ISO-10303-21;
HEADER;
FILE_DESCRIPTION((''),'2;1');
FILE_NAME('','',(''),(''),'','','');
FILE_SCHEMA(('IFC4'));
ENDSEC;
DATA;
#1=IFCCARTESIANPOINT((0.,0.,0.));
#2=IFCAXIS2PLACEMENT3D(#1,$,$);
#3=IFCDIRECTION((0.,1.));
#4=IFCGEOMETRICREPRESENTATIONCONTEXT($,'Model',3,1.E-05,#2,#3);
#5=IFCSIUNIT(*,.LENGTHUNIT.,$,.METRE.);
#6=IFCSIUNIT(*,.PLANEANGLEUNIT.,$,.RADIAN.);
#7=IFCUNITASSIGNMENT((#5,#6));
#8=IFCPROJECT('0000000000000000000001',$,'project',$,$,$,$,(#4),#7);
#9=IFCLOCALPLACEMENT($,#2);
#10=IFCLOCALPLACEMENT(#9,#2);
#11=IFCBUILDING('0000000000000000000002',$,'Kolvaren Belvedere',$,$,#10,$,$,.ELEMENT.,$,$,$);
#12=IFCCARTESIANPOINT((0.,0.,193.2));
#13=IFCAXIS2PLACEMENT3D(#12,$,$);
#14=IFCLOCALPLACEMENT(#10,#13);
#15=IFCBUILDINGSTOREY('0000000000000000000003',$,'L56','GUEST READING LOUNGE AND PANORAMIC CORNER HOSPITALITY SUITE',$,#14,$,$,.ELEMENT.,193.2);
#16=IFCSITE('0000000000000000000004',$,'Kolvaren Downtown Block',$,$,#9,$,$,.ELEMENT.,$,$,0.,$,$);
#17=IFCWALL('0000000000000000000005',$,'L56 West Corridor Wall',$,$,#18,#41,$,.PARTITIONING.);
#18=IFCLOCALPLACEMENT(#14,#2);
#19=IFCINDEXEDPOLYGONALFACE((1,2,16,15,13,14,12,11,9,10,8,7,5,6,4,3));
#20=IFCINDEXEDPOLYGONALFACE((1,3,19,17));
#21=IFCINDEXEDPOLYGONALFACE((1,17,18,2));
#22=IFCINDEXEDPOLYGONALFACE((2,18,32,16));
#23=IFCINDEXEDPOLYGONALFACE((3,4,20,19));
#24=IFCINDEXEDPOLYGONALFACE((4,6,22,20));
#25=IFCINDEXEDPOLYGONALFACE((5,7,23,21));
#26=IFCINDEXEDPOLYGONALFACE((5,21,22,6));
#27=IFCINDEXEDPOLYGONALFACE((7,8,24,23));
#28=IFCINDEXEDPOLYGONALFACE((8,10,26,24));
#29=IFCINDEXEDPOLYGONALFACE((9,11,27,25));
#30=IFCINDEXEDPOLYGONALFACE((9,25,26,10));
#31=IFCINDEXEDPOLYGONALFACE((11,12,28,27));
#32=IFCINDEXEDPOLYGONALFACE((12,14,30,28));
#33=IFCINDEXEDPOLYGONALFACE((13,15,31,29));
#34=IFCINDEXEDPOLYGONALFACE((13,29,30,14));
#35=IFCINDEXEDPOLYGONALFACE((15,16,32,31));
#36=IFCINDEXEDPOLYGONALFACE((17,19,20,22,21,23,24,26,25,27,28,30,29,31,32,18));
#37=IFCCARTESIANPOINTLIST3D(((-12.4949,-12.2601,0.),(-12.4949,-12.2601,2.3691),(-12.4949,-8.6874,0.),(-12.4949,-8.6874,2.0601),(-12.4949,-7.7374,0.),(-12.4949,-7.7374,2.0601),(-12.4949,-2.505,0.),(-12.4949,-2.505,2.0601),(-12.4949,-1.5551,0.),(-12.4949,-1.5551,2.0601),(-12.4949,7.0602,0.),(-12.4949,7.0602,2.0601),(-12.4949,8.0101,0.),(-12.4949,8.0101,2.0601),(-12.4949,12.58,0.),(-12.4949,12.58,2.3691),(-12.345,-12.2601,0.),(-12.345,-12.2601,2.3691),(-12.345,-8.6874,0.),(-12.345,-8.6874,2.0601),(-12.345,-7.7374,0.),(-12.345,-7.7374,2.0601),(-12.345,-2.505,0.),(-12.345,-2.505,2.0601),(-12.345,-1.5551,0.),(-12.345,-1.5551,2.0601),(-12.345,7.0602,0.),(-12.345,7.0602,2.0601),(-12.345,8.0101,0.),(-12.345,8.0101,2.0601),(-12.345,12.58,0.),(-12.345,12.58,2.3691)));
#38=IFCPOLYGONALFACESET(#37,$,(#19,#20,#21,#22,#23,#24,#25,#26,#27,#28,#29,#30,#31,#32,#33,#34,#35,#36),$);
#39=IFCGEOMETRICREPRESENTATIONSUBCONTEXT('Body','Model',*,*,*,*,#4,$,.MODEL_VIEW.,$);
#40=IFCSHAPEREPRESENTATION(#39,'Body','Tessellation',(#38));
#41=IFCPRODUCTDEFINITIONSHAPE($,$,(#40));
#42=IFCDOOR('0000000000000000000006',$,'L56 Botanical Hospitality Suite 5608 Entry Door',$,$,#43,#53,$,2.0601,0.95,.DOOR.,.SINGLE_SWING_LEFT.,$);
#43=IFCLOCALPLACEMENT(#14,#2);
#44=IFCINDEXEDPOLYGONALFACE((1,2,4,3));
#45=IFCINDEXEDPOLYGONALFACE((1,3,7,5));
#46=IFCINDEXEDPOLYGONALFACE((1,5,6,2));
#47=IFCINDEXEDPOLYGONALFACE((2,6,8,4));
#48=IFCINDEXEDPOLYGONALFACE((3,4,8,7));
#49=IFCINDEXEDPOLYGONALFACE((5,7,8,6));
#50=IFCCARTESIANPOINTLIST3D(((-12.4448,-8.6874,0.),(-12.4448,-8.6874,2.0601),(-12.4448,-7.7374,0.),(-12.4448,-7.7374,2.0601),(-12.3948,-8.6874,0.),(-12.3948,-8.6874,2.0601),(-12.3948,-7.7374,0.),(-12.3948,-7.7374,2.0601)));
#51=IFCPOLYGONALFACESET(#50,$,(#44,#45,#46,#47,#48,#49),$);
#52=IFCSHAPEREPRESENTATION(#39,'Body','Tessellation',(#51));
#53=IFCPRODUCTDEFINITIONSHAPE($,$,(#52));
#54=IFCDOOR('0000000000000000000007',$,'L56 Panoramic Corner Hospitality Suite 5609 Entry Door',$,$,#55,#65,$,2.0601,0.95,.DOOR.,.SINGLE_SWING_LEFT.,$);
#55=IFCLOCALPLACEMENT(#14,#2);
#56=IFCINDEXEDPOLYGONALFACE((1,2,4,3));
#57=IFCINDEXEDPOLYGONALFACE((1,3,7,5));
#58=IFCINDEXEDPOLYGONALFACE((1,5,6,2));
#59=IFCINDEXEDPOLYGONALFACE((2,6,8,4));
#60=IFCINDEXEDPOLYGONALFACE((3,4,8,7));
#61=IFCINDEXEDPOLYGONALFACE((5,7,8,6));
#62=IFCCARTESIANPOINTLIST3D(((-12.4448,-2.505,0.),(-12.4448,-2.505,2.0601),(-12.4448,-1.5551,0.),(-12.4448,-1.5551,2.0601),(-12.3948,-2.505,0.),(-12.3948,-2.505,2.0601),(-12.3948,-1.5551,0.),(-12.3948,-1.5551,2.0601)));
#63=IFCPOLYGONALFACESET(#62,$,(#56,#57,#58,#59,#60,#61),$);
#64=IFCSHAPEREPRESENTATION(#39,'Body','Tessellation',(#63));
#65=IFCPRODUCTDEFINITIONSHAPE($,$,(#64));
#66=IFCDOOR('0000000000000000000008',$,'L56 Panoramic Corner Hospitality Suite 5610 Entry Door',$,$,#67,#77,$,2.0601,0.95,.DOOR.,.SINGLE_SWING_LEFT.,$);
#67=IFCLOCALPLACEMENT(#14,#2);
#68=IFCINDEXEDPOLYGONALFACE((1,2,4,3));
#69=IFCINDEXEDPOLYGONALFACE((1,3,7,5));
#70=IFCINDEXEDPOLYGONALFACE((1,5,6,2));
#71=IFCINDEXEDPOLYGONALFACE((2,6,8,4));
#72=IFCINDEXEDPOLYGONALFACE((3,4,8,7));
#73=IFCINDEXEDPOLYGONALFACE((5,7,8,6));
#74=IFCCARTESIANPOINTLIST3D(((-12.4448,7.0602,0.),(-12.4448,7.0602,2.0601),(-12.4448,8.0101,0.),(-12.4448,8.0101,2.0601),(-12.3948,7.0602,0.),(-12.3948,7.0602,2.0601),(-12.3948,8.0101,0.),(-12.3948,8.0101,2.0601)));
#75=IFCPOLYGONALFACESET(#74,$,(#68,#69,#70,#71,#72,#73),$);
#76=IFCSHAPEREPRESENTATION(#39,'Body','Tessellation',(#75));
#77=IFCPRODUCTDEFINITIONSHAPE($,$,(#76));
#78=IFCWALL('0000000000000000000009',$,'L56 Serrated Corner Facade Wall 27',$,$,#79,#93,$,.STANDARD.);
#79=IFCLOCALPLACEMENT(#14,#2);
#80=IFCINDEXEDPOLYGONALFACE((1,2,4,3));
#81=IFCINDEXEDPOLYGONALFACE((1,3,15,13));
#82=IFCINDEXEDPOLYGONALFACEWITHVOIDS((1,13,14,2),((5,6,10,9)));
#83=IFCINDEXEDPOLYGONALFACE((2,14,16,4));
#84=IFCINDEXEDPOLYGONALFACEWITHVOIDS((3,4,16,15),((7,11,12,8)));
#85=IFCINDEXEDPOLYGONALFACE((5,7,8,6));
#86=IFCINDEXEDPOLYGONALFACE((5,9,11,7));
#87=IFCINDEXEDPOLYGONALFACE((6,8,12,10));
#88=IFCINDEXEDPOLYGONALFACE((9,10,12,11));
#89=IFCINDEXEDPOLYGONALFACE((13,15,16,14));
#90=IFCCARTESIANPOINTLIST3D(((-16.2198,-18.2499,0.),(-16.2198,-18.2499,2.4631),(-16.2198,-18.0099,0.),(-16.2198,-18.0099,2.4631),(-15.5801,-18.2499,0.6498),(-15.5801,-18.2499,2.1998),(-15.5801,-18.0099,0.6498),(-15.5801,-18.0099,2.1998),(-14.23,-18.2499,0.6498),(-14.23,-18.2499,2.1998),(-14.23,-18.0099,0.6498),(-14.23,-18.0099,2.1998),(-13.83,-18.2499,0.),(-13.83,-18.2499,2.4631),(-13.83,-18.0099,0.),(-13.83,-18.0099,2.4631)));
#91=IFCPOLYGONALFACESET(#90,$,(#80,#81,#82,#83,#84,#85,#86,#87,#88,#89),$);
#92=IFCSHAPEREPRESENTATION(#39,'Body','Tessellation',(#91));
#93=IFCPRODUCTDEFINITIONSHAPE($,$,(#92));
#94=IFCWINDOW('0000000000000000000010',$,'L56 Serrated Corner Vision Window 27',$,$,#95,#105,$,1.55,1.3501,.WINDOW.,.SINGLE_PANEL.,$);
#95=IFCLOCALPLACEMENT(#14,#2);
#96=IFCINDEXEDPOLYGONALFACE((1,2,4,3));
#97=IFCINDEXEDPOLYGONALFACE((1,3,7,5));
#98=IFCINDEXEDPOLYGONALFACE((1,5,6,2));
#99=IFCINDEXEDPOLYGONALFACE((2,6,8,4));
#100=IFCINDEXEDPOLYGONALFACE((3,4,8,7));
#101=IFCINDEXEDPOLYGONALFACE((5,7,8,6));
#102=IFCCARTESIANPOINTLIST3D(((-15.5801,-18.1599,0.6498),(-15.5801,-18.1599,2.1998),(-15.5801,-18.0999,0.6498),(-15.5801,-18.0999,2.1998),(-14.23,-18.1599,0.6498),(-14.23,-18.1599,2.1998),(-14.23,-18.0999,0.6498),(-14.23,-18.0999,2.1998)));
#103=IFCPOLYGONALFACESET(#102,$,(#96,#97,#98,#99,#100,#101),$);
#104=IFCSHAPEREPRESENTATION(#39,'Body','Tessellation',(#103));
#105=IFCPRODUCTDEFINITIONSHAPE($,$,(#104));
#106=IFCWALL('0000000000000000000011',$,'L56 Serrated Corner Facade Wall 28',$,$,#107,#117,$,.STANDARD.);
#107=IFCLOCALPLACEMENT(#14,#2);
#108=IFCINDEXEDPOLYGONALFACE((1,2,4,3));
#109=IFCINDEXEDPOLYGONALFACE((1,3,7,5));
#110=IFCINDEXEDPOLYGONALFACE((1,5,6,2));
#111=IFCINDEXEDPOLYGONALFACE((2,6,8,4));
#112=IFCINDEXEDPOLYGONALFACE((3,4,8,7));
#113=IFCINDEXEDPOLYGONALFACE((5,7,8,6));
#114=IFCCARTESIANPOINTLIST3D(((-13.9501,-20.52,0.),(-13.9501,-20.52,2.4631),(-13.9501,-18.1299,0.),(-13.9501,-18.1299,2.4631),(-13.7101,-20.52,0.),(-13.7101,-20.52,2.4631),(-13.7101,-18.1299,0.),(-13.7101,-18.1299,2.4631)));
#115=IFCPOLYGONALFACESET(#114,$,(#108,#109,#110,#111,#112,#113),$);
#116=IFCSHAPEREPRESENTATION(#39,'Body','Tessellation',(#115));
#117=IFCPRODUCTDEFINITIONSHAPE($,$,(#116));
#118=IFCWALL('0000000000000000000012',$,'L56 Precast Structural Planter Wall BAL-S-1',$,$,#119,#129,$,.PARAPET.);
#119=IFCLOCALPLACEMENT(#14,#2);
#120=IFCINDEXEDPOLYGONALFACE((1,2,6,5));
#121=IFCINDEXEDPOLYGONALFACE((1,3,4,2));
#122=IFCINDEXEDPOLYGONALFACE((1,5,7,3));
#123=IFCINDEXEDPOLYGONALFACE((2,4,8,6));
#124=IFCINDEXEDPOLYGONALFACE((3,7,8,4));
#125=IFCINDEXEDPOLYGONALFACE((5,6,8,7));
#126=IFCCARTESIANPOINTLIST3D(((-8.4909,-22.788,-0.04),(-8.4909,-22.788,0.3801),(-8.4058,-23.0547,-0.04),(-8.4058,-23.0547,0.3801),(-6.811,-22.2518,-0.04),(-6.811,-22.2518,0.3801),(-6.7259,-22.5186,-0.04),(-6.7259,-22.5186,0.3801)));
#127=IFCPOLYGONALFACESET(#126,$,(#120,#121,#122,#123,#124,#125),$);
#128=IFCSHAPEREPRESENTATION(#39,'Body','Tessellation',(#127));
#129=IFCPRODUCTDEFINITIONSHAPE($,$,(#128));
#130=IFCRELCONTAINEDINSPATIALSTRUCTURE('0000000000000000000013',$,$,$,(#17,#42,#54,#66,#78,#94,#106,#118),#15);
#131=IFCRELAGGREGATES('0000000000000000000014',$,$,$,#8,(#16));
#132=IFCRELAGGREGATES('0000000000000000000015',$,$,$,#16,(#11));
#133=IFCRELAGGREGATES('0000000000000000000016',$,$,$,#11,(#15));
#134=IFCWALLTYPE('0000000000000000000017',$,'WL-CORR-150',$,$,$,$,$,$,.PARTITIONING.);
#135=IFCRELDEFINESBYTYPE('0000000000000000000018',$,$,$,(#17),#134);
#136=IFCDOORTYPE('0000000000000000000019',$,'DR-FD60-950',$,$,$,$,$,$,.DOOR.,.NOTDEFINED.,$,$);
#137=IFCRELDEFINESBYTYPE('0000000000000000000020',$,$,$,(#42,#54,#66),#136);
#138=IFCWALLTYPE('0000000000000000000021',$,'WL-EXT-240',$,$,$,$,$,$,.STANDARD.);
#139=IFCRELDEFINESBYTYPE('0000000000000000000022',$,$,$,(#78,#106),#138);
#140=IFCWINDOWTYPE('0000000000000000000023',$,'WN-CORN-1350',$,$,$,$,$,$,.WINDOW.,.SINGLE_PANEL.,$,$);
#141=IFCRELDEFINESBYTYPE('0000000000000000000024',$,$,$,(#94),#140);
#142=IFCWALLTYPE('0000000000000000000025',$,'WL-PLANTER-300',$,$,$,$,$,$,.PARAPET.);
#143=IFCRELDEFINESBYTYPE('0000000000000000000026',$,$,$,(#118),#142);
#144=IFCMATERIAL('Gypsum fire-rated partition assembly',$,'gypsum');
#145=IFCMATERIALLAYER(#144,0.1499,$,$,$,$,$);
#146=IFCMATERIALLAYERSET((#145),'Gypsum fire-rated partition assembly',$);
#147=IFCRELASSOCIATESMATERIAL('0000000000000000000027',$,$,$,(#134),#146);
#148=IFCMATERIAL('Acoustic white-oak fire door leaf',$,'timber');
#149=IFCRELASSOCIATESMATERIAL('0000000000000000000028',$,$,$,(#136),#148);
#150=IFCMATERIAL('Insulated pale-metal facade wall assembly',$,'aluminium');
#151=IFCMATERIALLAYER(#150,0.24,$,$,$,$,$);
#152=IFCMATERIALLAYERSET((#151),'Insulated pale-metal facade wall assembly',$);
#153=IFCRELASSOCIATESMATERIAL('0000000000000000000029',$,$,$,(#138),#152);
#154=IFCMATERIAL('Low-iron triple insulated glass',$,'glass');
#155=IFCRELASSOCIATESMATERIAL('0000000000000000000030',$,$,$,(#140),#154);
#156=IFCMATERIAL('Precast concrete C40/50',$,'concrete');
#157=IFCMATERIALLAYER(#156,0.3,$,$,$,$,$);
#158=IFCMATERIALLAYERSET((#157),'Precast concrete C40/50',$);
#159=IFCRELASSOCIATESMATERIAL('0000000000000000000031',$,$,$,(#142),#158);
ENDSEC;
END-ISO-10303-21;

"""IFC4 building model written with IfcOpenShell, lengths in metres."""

from ifc_helpers import new_model, si_unit, direction, frame, frame_2d, origin, place, context, subcontext, project, spatial, rectangle, extrude, material, layer, layer_set, type_object, element, fill, save


model = new_model("IFC4")

# Units and contexts
model_context = context("Model", 3, precision=1e-05, world=origin(), true_north=direction((0.0, 1.0)))
body_context = subcontext(model_context, "Body", "Model", "MODEL_VIEW")
ifc_project = project(units=[si_unit("LENGTHUNIT", "METRE"), si_unit("PLANEANGLEUNIT", "RADIAN")], contexts=[model_context])

# Site, building, storey
site_placement = place(None, origin())
site = spatial("IfcSite", under=ifc_project, at=site_placement, Name="Kolvaren Downtown Block", CompositionType="ELEMENT", RefElevation=0.0)
building_placement = place(site_placement, origin())
building = spatial("IfcBuilding", under=site, at=building_placement, Name="Kolvaren Belvedere", CompositionType="ELEMENT")
storey_placement = place(building_placement, frame((0.0, 0.0, 193.2)))
storey = spatial("IfcBuildingStorey", under=building, at=storey_placement, Name="L56", Description="GUEST READING LOUNGE AND PANORAMIC CORNER HOSPITALITY SUITE", CompositionType="ELEMENT", Elevation=193.2)

# Wall, openings, doors
ifc_material_1 = material(Name="Gypsum fire-rated partition assembly", Category="gypsum")
ifc_layer_1 = layer(ifc_material_1, 0.1499)
ifc_layer_set_1 = layer_set([ifc_layer_1], Name="Gypsum fire-rated partition assembly")
wall_type_1 = type_object("IfcWallType", Name="WL-CORR-150", PredefinedType="PARTITIONING", material=ifc_layer_set_1)
wall_1_placement = place(storey_placement, frame((-12.4199, -12.26, 0.0), z_axis=(0.0, 0.0, 1.0), x_axis=(0.0, 1.0, 0.0)))
wall_1 = element("IfcWall", 1, at=wall_1_placement, inside=storey, type_object=wall_type_1, Name="L56 West Corridor Wall", PredefinedType="PARTITIONING", context=body_context, shape_type="SweptSolid", body=[
    extrude(rectangle(XDim=24.8401, YDim=0.1499, at=frame_2d((12.4199, 0.0))), origin(), (0.0, 0.0, 1.0), 2.3691),
])
opening_1_placement = place(wall_1_placement, frame((3.5725, 0.0, 0.0)))
opening_1 = element("IfcOpeningElement", 2, at=opening_1_placement, cuts=wall_1, PredefinedType="OPENING", context=body_context, shape_type="SweptSolid", body=[
    extrude(rectangle(XDim=0.95, YDim=2.0601, at=frame_2d((0.4751, 1.03))), frame((0.0, 0.085, 0.0), z_axis=(0.0, -1.0, 0.0), x_axis=(1.0, 0.0, 0.0)), (0.0, 0.0, 1.0), 0.1699),
])
opening_2_placement = place(wall_1_placement, frame((9.7549, 0.0, 0.0)))
opening_2 = element("IfcOpeningElement", 3, at=opening_2_placement, cuts=wall_1, PredefinedType="OPENING", context=body_context, shape_type="SweptSolid", body=[
    extrude(rectangle(XDim=0.95, YDim=2.0601, at=frame_2d((0.4751, 1.03))), frame((0.0, 0.085, 0.0), z_axis=(0.0, -1.0, 0.0), x_axis=(1.0, 0.0, 0.0)), (0.0, 0.0, 1.0), 0.1699),
])
opening_3_placement = place(wall_1_placement, frame((19.3201, 0.0, 0.0)))
opening_3 = element("IfcOpeningElement", 4, at=opening_3_placement, cuts=wall_1, PredefinedType="OPENING", context=body_context, shape_type="SweptSolid", body=[
    extrude(rectangle(XDim=0.95, YDim=2.0601, at=frame_2d((0.4751, 1.03))), frame((0.0, 0.085, 0.0), z_axis=(0.0, -1.0, 0.0), x_axis=(1.0, 0.0, 0.0)), (0.0, 0.0, 1.0), 0.1699),
])
ifc_material_2 = material(Name="Acoustic white-oak fire door leaf", Category="timber")
door_type_1 = type_object("IfcDoorType", Name="DR-FD60-950", OperationType="NOTDEFINED", PredefinedType="DOOR", material=ifc_material_2)
door_1_placement = place(opening_1_placement, origin())
door_1 = element("IfcDoor", 5, at=door_1_placement, inside=storey, type_object=door_type_1, Name="L56 Botanical Hospitality Suite 5608 Entry Door", OperationType="SINGLE_SWING_LEFT", OverallHeight=2.0601, OverallWidth=0.95, PredefinedType="DOOR", context=body_context, shape_type="SweptSolid", body=[
    extrude(rectangle(XDim=0.95, YDim=2.0601, at=frame_2d((0.4751, 1.03))), frame((0.0, 0.0249, 0.0), z_axis=(0.0, -1.0, 0.0), x_axis=(1.0, 0.0, 0.0)), (0.0, 0.0, 1.0), 0.05),
])
fill(opening_1, door_1)
door_2_placement = place(opening_2_placement, origin())
door_2 = element("IfcDoor", 6, at=door_2_placement, inside=storey, type_object=door_type_1, Name="L56 Panoramic Corner Hospitality Suite 5609 Entry Door", OperationType="SINGLE_SWING_LEFT", OverallHeight=2.0601, OverallWidth=0.95, PredefinedType="DOOR", context=body_context, shape_type="SweptSolid", body=[
    extrude(rectangle(XDim=0.95, YDim=2.0601, at=frame_2d((0.4751, 1.03))), frame((0.0, 0.0249, 0.0), z_axis=(0.0, -1.0, 0.0), x_axis=(1.0, 0.0, 0.0)), (0.0, 0.0, 1.0), 0.05),
])
fill(opening_2, door_2)
door_3_placement = place(opening_3_placement, origin())
door_3 = element("IfcDoor", 7, at=door_3_placement, inside=storey, type_object=door_type_1, Name="L56 Panoramic Corner Hospitality Suite 5610 Entry Door", OperationType="SINGLE_SWING_LEFT", OverallHeight=2.0601, OverallWidth=0.95, PredefinedType="DOOR", context=body_context, shape_type="SweptSolid", body=[
    extrude(rectangle(XDim=0.95, YDim=2.0601, at=frame_2d((0.4751, 1.03))), frame((0.0, 0.0249, 0.0), z_axis=(0.0, -1.0, 0.0), x_axis=(1.0, 0.0, 0.0)), (0.0, 0.0, 1.0), 0.05),
])
fill(opening_3, door_3)

# Wall, opening, window
ifc_material_3 = material(Name="Insulated pale-metal facade wall assembly", Category="aluminium")
ifc_layer_2 = layer(ifc_material_3, 0.24)
ifc_layer_set_2 = layer_set([ifc_layer_2], Name="Insulated pale-metal facade wall assembly")
wall_type_2 = type_object("IfcWallType", Name="WL-EXT-240", PredefinedType="STANDARD", material=ifc_layer_set_2)
wall_2_placement = place(storey_placement, frame((-13.8301, -18.1299, 0.0), z_axis=(0.0, 0.0, 1.0), x_axis=(-1.0, 0.0, 0.0)))
wall_2 = element("IfcWall", 8, at=wall_2_placement, inside=storey, type_object=wall_type_2, Name="L56 Serrated Corner Facade Wall 27", PredefinedType="STANDARD", context=body_context, shape_type="SweptSolid", body=[
    extrude(rectangle(XDim=2.3899, YDim=0.24, at=frame_2d((1.1948, 0.0))), origin(), (0.0, 0.0, 1.0), 2.4631),
])
opening_4_placement = place(wall_2_placement, frame((0.3999, 0.0, 0.6499)))
opening_4 = element("IfcOpeningElement", 9, at=opening_4_placement, cuts=wall_2, PredefinedType="OPENING", context=body_context, shape_type="SweptSolid", body=[
    extrude(rectangle(XDim=1.3501, YDim=1.55, at=frame_2d((0.675, 0.7749))), frame((0.0, 0.1299, 0.0), z_axis=(0.0, -1.0, 0.0), x_axis=(1.0, 0.0, 0.0)), (0.0, 0.0, 1.0), 0.26),
])
ifc_material_4 = material(Name="Low-iron triple insulated glass", Category="glass")
window_type = type_object("IfcWindowType", Name="WN-CORN-1350", PartitioningType="SINGLE_PANEL", PredefinedType="WINDOW", material=ifc_material_4)
window_placement = place(opening_4_placement, origin())
window = element("IfcWindow", 10, at=window_placement, inside=storey, type_object=window_type, Name="L56 Serrated Corner Vision Window 27", OverallHeight=1.55, OverallWidth=1.3501, PartitioningType="SINGLE_PANEL", PredefinedType="WINDOW", context=body_context, shape_type="SweptSolid", body=[
    extrude(rectangle(XDim=1.3501, YDim=1.55, at=frame_2d((0.675, 0.7749))), frame((0.0, 0.03, 0.0), z_axis=(0.0, -1.0, 0.0), x_axis=(1.0, 0.0, 0.0)), (0.0, 0.0, 1.0), 0.0601),
])
fill(opening_4, window)

# Walls
wall_3_placement = place(storey_placement, frame((-13.8301, -20.52, 0.0), z_axis=(0.0, 0.0, 1.0), x_axis=(0.0, 1.0, 0.0)))
element("IfcWall", 11, at=wall_3_placement, inside=storey, type_object=wall_type_2, Name="L56 Serrated Corner Facade Wall 28", PredefinedType="STANDARD", context=body_context, shape_type="SweptSolid", body=[
    extrude(rectangle(XDim=2.3901, YDim=0.24, at=frame_2d((1.1951, 0.0))), origin(), (0.0, 0.0, 1.0), 2.4631),
])
ifc_material_5 = material(Name="Precast concrete C40/50", Category="concrete")
ifc_layer_3 = layer(ifc_material_5, 0.3)
ifc_layer_set_3 = layer_set([ifc_layer_3], Name="Precast concrete C40/50")
wall_type_3 = type_object("IfcWallType", Name="WL-PLANTER-300", PredefinedType="PARAPET", material=ifc_layer_set_3)
wall_4_placement = place(storey_placement, frame((-8.4485, -22.9214, -0.04), z_axis=(0.0, 0.0, 1.0), x_axis=(0.952662, 0.304032, 0.0)))
element("IfcWall", 12, at=wall_4_placement, inside=storey, type_object=wall_type_3, Name="L56 Precast Structural Planter Wall BAL-S-1", PredefinedType="PARAPET", context=body_context, shape_type="SweptSolid", body=[
    extrude(rectangle(XDim=1.7634, YDim=0.28, at=frame_2d((0.8818, 0.0))), origin(), (0.0, 0.0, 1.0), 0.4202),
])

save(model, "model.ifc")
